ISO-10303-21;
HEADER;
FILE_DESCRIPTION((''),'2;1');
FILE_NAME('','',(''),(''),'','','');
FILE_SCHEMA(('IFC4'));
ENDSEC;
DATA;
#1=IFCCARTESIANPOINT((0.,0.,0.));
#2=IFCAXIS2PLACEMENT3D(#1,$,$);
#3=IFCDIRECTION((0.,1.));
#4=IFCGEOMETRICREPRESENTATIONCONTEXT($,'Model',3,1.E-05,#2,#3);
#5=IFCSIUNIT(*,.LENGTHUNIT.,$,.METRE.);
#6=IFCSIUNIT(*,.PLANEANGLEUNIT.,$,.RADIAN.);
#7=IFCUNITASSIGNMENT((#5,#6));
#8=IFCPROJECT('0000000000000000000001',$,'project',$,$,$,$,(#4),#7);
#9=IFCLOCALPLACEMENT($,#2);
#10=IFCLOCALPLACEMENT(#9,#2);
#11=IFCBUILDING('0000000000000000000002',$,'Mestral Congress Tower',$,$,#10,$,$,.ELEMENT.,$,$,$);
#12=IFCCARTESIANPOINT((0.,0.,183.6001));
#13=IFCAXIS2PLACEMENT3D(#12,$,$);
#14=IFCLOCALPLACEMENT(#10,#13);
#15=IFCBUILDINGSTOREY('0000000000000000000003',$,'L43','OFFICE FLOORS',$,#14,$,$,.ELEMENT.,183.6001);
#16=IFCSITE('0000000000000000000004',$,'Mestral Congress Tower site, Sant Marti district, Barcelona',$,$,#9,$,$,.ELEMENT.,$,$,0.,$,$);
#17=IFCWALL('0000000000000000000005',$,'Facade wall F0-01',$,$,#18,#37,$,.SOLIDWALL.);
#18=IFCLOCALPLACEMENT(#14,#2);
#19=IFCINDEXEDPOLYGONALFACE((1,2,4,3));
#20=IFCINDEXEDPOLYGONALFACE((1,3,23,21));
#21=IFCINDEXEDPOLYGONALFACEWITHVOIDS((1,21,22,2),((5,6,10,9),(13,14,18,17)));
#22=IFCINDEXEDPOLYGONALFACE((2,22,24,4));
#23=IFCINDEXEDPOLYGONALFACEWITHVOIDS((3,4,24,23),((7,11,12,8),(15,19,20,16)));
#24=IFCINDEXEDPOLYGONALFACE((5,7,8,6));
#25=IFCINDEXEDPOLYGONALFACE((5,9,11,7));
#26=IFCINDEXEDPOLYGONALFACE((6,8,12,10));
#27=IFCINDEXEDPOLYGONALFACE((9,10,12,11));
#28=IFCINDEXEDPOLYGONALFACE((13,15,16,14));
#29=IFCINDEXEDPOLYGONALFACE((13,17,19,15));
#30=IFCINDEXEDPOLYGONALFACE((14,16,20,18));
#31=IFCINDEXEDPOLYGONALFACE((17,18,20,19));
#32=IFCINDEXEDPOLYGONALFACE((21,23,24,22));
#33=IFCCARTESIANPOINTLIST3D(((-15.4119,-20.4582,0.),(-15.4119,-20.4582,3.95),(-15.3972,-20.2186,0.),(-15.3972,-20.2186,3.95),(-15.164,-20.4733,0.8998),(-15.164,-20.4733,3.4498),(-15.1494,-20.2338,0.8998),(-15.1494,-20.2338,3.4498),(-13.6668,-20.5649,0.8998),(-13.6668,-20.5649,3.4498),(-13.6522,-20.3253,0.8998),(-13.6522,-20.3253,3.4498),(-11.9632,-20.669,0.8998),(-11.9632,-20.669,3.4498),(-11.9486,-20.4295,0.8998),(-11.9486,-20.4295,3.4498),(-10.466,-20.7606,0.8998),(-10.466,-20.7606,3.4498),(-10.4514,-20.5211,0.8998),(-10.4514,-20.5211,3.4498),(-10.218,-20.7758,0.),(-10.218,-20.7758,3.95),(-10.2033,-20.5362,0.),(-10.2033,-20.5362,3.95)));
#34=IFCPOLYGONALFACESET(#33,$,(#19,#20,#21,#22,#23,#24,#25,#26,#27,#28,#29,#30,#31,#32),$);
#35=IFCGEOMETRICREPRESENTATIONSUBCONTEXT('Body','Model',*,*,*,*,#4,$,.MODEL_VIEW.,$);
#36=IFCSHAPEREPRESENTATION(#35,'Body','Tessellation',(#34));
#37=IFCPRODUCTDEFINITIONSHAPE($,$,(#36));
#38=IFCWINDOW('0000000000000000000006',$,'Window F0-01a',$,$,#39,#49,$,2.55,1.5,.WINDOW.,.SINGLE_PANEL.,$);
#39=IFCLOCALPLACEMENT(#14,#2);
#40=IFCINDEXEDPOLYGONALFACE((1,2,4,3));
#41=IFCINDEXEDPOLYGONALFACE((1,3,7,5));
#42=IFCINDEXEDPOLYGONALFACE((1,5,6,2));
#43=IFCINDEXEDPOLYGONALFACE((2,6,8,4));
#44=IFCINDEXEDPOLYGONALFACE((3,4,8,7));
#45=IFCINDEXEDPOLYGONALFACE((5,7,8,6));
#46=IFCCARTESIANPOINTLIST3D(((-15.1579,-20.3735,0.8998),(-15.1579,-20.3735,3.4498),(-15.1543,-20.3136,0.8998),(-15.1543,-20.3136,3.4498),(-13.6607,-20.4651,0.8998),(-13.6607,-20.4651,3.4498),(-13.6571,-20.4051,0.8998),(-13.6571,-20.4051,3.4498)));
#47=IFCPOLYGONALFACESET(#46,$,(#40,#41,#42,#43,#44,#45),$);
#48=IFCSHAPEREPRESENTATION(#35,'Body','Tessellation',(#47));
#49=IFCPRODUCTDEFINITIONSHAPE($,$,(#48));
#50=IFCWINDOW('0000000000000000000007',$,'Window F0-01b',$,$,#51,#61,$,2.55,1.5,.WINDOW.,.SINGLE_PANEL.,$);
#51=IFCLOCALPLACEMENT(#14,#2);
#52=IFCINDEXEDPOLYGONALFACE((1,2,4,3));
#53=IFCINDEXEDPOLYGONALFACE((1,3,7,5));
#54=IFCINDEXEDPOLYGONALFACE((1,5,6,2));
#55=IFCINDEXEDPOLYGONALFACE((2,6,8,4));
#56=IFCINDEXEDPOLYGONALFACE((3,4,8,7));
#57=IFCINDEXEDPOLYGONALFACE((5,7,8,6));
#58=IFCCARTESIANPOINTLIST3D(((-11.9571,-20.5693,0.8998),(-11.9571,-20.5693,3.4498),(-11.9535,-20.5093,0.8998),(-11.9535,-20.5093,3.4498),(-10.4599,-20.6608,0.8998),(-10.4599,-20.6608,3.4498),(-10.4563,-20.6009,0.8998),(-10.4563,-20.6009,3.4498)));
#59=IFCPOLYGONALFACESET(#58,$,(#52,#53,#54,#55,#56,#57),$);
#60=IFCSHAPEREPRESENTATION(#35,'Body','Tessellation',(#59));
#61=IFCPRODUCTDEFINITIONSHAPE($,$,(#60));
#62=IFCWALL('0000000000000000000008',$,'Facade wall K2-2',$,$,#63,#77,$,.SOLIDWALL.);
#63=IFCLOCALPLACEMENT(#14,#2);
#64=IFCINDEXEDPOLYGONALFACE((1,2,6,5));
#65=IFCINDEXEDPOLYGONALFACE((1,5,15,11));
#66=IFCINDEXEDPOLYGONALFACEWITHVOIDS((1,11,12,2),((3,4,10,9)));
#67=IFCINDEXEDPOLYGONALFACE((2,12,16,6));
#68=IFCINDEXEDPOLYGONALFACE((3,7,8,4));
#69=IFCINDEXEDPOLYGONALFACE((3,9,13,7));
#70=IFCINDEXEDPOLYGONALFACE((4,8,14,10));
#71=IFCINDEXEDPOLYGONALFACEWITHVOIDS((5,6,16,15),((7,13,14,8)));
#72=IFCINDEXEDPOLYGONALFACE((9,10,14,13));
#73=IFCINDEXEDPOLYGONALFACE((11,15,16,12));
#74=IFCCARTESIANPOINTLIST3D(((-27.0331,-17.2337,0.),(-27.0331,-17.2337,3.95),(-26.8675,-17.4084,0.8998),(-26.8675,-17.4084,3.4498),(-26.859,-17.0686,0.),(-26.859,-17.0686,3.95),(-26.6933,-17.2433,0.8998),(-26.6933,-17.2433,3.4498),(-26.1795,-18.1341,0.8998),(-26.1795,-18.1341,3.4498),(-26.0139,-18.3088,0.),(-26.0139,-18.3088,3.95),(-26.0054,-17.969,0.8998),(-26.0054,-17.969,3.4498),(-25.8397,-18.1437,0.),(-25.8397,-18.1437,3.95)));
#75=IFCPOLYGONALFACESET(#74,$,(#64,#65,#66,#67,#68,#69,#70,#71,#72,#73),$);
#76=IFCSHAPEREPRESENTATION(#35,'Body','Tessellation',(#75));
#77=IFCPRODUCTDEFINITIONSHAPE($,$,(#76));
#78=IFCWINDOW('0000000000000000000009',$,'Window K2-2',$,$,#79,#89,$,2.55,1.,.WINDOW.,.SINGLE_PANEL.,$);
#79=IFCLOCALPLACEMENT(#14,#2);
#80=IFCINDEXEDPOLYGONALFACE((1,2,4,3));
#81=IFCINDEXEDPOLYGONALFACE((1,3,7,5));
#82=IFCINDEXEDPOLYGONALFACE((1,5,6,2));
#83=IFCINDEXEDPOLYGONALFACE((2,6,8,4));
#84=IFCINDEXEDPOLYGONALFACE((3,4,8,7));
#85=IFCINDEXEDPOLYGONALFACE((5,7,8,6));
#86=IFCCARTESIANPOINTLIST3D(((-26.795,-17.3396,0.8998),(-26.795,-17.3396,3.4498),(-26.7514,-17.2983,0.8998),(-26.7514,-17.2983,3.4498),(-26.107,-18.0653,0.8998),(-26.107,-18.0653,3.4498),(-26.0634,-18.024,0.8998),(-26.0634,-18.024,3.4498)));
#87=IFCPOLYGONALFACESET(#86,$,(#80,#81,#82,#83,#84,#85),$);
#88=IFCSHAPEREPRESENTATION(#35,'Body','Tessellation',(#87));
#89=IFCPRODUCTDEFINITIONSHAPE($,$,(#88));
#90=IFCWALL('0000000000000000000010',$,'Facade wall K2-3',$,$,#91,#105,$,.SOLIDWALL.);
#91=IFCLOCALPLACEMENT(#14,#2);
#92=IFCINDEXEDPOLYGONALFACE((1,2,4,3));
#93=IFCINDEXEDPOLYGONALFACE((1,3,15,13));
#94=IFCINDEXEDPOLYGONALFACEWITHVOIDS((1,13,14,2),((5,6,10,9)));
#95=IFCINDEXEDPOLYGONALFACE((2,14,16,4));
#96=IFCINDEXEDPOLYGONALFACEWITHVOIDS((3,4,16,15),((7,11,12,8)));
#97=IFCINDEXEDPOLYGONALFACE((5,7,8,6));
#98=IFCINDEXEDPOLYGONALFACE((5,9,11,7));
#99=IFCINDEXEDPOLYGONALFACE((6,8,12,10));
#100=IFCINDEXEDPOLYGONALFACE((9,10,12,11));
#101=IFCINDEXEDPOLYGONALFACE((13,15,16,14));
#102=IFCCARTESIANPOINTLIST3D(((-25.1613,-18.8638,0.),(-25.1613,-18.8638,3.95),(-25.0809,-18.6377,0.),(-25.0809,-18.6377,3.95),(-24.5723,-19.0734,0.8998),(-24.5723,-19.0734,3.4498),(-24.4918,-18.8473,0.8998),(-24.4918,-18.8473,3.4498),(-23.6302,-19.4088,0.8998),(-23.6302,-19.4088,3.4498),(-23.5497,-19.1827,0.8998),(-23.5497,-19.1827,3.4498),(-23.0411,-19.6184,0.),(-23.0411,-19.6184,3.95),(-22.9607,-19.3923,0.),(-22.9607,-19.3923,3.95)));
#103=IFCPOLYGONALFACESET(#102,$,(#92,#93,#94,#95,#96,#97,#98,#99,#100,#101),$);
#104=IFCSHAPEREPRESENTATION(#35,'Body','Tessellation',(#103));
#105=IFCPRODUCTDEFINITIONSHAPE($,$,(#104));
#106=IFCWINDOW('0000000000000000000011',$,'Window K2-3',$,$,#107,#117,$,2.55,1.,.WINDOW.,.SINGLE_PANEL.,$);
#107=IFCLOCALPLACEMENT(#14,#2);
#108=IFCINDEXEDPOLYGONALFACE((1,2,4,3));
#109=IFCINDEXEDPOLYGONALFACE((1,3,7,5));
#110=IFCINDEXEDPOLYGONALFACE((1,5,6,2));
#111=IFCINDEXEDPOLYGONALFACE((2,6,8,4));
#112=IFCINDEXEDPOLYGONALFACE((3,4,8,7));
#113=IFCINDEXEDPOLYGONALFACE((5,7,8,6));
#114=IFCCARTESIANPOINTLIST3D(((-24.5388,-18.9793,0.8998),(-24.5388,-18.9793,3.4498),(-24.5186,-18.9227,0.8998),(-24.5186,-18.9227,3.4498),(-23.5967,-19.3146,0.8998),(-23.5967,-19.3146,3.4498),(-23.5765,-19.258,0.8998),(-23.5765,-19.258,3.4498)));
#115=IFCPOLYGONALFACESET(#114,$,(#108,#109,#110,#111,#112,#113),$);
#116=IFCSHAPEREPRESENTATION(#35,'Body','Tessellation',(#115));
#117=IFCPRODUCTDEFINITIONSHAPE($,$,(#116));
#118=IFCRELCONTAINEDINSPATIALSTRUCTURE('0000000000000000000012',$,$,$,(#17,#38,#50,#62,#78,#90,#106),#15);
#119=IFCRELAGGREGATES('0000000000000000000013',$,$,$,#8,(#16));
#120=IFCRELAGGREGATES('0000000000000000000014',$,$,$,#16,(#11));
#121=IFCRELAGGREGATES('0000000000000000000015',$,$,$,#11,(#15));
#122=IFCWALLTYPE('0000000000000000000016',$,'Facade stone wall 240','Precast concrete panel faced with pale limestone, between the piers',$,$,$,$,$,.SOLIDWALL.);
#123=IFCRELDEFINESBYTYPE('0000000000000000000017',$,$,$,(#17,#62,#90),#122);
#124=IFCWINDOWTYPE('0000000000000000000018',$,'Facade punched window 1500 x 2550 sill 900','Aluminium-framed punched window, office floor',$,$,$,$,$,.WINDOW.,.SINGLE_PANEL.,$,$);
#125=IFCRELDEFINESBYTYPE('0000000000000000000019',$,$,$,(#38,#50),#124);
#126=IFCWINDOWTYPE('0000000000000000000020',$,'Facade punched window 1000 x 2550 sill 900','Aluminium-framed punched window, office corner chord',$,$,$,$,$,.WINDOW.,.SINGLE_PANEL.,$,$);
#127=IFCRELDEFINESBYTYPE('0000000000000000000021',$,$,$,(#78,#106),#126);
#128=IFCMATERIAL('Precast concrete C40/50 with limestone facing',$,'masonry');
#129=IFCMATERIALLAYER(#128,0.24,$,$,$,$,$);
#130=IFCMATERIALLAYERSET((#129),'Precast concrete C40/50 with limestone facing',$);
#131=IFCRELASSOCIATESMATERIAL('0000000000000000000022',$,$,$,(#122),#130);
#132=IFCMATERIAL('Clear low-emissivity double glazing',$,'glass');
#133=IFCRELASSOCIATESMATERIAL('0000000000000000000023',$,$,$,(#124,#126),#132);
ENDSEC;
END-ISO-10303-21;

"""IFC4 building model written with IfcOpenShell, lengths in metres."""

from ifc_helpers import new_model, si_unit, direction, frame, frame_2d, origin, place, context, subcontext, project, spatial, rectangle, extrude, material, layer, layer_set, type_object, element, fill, save


model = new_model("IFC4")

# Units and contexts
model_context = context("Model", 3, precision=1e-05, world=origin(), true_north=direction((0.0, 1.0)))
body_context = subcontext(model_context, "Body", "Model", "MODEL_VIEW")
ifc_project = project(units=[si_unit("LENGTHUNIT", "METRE"), si_unit("PLANEANGLEUNIT", "RADIAN")], contexts=[model_context])

# Site, building, storey
site_placement = place(None, origin())
site = spatial("IfcSite", under=ifc_project, at=site_placement, Name="Mestral Congress Tower site, Sant Marti district, Barcelona", CompositionType="ELEMENT", RefElevation=0.0)
building_placement = place(site_placement, origin())
building = spatial("IfcBuilding", under=site, at=building_placement, Name="Mestral Congress Tower", CompositionType="ELEMENT")
storey_placement = place(building_placement, frame((0.0, 0.0, 183.6001)))
storey = spatial("IfcBuildingStorey", under=building, at=storey_placement, Name="L43", Description="OFFICE FLOORS", CompositionType="ELEMENT", Elevation=183.6001)

# Wall, openings, windows
ifc_material_1 = material(Name="Precast concrete C40/50 with limestone facing", Category="masonry")
ifc_layer = layer(ifc_material_1, 0.24)
ifc_layer_set = layer_set([ifc_layer], Name="Precast concrete C40/50 with limestone facing")
wall_type = type_object("IfcWallType", Name="Facade stone wall 240", Description="Precast concrete panel faced with pale limestone, between the piers", PredefinedType="SOLIDWALL", material=ifc_layer_set)
ifc_material_2 = material(Name="Clear low-emissivity double glazing", Category="glass")
window_type_1 = type_object("IfcWindowType", Name="Facade punched window 1500 x 2550 sill 900", Description="Aluminium-framed punched window, office floor", PartitioningType="SINGLE_PANEL", PredefinedType="WINDOW", material=ifc_material_2)
wall_1_placement = place(storey_placement, frame((-15.4045, -20.3384, 0.0), z_axis=(0.0, 0.0, 1.0), x_axis=(0.998135, -0.06104, 0.0)))
wall_1 = element("IfcWall", 1, at=wall_1_placement, inside=storey, type_object=wall_type, Name="Facade wall F0-01", PredefinedType="SOLIDWALL", context=body_context, shape_type="SweptSolid", body=[
    extrude(rectangle(XDim=5.2036, YDim=0.24, at=frame_2d((2.6018, 0.0))), origin(), (0.0, 0.0, 1.0), 3.95),
])
opening_1_placement = place(wall_1_placement, frame((0.2483, 0.0, 0.8999)))
opening_1 = element("IfcOpeningElement", 2, at=opening_1_placement, cuts=wall_1, PredefinedType="OPENING", context=body_context, shape_type="SweptSolid", body=[
    extrude(rectangle(XDim=1.5, YDim=2.55, at=frame_2d((0.75, 1.2749))), frame((0.0, 0.1299, 0.0), z_axis=(0.0, -1.0, 0.0), x_axis=(1.0, 0.0, 0.0)), (0.0, 0.0, 1.0), 0.26),
])
opening_2_placement = place(wall_1_placement, frame((3.4551, 0.0, 0.8999)))
opening_2 = element("IfcOpeningElement", 3, at=opening_2_placement, cuts=wall_1, PredefinedType="OPENING", context=body_context, shape_type="SweptSolid", body=[
    extrude(rectangle(XDim=1.5, YDim=2.55, at=frame_2d((0.75, 1.2749))), frame((0.0, 0.1299, 0.0), z_axis=(0.0, -1.0, 0.0), x_axis=(1.0, 0.0, 0.0)), (0.0, 0.0, 1.0), 0.26),
])
window_1_placement = place(opening_1_placement, origin())
window_1 = element("IfcWindow", 4, at=window_1_placement, inside=storey, type_object=window_type_1, Name="Window F0-01a", OverallHeight=2.55, OverallWidth=1.5, PartitioningType="SINGLE_PANEL", PredefinedType="WINDOW", context=body_context, shape_type="SweptSolid", body=[
    extrude(rectangle(XDim=1.5, YDim=2.55, at=frame_2d((0.75, 1.2749))), frame((0.0, 0.04, 0.0), z_axis=(0.0, -1.0, 0.0), x_axis=(1.0, 0.0, 0.0)), (0.0, 0.0, 1.0), 0.0601),
])
fill(opening_1, window_1)
window_2_placement = place(opening_2_placement, origin())
window_2 = element("IfcWindow", 5, at=window_2_placement, inside=storey, type_object=window_type_1, Name="Window F0-01b", OverallHeight=2.55, OverallWidth=1.5, PartitioningType="SINGLE_PANEL", PredefinedType="WINDOW", context=body_context, shape_type="SweptSolid", body=[
    extrude(rectangle(XDim=1.5, YDim=2.55, at=frame_2d((0.75, 1.2749))), frame((0.0, 0.04, 0.0), z_axis=(0.0, -1.0, 0.0), x_axis=(1.0, 0.0, 0.0)), (0.0, 0.0, 1.0), 0.0601),
])
fill(opening_2, window_2)

# Walls, openings, windows
wall_2_placement = place(storey_placement, frame((-26.946, -17.1511, 0.0), z_axis=(0.0, 0.0, 1.0), x_axis=(0.687987, -0.725723, 0.0)))
wall_2 = element("IfcWall", 6, at=wall_2_placement, inside=storey, type_object=wall_type, Name="Facade wall K2-2", PredefinedType="SOLIDWALL", context=body_context, shape_type="SweptSolid", body=[
    extrude(rectangle(XDim=1.4814, YDim=0.24, at=frame_2d((0.7407, 0.0))), origin(), (0.0, 0.0, 1.0), 3.95),
])
opening_3_placement = place(wall_2_placement, frame((0.2407, 0.0, 0.8999)))
opening_3 = element("IfcOpeningElement", 7, at=opening_3_placement, cuts=wall_2, PredefinedType="OPENING", context=body_context, shape_type="SweptSolid", body=[
    extrude(rectangle(XDim=1.0, YDim=2.55, at=frame_2d((0.5, 1.2749))), frame((0.0, 0.1299, 0.0), z_axis=(0.0, -1.0, 0.0), x_axis=(1.0, 0.0, 0.0)), (0.0, 0.0, 1.0), 0.26),
])
window_type_2 = type_object("IfcWindowType", Name="Facade punched window 1000 x 2550 sill 900", Description="Aluminium-framed punched window, office corner chord", PartitioningType="SINGLE_PANEL", PredefinedType="WINDOW", material=ifc_material_2)
window_3_placement = place(opening_3_placement, origin())
window_3 = element("IfcWindow", 8, at=window_3_placement, inside=storey, type_object=window_type_2, Name="Window K2-2", OverallHeight=2.55, OverallWidth=1.0, PartitioningType="SINGLE_PANEL", PredefinedType="WINDOW", context=body_context, shape_type="SweptSolid", body=[
    extrude(rectangle(XDim=1.0, YDim=2.55, at=frame_2d((0.5, 1.2749))), frame((0.0, 0.04, 0.0), z_axis=(0.0, -1.0, 0.0), x_axis=(1.0, 0.0, 0.0)), (0.0, 0.0, 1.0), 0.0601),
])
fill(opening_3, window_3)
wall_3_placement = place(storey_placement, frame((-25.1211, -18.7507, 0.0), z_axis=(0.0, 0.0, 1.0), x_axis=(0.9421, -0.335333, 0.0)))
wall_3 = element("IfcWall", 9, at=wall_3_placement, inside=storey, type_object=wall_type, Name="Facade wall K2-3", PredefinedType="SOLIDWALL", context=body_context, shape_type="SweptSolid", body=[
    extrude(rectangle(XDim=2.2505, YDim=0.24, at=frame_2d((1.1252, 0.0))), origin(), (0.0, 0.0, 1.0), 3.95),
])
opening_4_placement = place(wall_3_placement, frame((0.6252, 0.0, 0.8999)))
opening_4 = element("IfcOpeningElement", 10, at=opening_4_placement, cuts=wall_3, PredefinedType="OPENING", context=body_context, shape_type="SweptSolid", body=[
    extrude(rectangle(XDim=1.0, YDim=2.55, at=frame_2d((0.5, 1.2749))), frame((0.0, 0.1299, 0.0), z_axis=(0.0, -1.0, 0.0), x_axis=(1.0, 0.0, 0.0)), (0.0, 0.0, 1.0), 0.26),
])
window_4_placement = place(opening_4_placement, origin())
window_4 = element("IfcWindow", 11, at=window_4_placement, inside=storey, type_object=window_type_2, Name="Window K2-3", OverallHeight=2.55, OverallWidth=1.0, PartitioningType="SINGLE_PANEL", PredefinedType="WINDOW", context=body_context, shape_type="SweptSolid", body=[
    extrude(rectangle(XDim=1.0, YDim=2.55, at=frame_2d((0.5, 1.2749))), frame((0.0, 0.04, 0.0), z_axis=(0.0, -1.0, 0.0), x_axis=(1.0, 0.0, 0.0)), (0.0, 0.0, 1.0), 0.0601),
])
fill(opening_4, window_4)

save(model, "model.ifc")
